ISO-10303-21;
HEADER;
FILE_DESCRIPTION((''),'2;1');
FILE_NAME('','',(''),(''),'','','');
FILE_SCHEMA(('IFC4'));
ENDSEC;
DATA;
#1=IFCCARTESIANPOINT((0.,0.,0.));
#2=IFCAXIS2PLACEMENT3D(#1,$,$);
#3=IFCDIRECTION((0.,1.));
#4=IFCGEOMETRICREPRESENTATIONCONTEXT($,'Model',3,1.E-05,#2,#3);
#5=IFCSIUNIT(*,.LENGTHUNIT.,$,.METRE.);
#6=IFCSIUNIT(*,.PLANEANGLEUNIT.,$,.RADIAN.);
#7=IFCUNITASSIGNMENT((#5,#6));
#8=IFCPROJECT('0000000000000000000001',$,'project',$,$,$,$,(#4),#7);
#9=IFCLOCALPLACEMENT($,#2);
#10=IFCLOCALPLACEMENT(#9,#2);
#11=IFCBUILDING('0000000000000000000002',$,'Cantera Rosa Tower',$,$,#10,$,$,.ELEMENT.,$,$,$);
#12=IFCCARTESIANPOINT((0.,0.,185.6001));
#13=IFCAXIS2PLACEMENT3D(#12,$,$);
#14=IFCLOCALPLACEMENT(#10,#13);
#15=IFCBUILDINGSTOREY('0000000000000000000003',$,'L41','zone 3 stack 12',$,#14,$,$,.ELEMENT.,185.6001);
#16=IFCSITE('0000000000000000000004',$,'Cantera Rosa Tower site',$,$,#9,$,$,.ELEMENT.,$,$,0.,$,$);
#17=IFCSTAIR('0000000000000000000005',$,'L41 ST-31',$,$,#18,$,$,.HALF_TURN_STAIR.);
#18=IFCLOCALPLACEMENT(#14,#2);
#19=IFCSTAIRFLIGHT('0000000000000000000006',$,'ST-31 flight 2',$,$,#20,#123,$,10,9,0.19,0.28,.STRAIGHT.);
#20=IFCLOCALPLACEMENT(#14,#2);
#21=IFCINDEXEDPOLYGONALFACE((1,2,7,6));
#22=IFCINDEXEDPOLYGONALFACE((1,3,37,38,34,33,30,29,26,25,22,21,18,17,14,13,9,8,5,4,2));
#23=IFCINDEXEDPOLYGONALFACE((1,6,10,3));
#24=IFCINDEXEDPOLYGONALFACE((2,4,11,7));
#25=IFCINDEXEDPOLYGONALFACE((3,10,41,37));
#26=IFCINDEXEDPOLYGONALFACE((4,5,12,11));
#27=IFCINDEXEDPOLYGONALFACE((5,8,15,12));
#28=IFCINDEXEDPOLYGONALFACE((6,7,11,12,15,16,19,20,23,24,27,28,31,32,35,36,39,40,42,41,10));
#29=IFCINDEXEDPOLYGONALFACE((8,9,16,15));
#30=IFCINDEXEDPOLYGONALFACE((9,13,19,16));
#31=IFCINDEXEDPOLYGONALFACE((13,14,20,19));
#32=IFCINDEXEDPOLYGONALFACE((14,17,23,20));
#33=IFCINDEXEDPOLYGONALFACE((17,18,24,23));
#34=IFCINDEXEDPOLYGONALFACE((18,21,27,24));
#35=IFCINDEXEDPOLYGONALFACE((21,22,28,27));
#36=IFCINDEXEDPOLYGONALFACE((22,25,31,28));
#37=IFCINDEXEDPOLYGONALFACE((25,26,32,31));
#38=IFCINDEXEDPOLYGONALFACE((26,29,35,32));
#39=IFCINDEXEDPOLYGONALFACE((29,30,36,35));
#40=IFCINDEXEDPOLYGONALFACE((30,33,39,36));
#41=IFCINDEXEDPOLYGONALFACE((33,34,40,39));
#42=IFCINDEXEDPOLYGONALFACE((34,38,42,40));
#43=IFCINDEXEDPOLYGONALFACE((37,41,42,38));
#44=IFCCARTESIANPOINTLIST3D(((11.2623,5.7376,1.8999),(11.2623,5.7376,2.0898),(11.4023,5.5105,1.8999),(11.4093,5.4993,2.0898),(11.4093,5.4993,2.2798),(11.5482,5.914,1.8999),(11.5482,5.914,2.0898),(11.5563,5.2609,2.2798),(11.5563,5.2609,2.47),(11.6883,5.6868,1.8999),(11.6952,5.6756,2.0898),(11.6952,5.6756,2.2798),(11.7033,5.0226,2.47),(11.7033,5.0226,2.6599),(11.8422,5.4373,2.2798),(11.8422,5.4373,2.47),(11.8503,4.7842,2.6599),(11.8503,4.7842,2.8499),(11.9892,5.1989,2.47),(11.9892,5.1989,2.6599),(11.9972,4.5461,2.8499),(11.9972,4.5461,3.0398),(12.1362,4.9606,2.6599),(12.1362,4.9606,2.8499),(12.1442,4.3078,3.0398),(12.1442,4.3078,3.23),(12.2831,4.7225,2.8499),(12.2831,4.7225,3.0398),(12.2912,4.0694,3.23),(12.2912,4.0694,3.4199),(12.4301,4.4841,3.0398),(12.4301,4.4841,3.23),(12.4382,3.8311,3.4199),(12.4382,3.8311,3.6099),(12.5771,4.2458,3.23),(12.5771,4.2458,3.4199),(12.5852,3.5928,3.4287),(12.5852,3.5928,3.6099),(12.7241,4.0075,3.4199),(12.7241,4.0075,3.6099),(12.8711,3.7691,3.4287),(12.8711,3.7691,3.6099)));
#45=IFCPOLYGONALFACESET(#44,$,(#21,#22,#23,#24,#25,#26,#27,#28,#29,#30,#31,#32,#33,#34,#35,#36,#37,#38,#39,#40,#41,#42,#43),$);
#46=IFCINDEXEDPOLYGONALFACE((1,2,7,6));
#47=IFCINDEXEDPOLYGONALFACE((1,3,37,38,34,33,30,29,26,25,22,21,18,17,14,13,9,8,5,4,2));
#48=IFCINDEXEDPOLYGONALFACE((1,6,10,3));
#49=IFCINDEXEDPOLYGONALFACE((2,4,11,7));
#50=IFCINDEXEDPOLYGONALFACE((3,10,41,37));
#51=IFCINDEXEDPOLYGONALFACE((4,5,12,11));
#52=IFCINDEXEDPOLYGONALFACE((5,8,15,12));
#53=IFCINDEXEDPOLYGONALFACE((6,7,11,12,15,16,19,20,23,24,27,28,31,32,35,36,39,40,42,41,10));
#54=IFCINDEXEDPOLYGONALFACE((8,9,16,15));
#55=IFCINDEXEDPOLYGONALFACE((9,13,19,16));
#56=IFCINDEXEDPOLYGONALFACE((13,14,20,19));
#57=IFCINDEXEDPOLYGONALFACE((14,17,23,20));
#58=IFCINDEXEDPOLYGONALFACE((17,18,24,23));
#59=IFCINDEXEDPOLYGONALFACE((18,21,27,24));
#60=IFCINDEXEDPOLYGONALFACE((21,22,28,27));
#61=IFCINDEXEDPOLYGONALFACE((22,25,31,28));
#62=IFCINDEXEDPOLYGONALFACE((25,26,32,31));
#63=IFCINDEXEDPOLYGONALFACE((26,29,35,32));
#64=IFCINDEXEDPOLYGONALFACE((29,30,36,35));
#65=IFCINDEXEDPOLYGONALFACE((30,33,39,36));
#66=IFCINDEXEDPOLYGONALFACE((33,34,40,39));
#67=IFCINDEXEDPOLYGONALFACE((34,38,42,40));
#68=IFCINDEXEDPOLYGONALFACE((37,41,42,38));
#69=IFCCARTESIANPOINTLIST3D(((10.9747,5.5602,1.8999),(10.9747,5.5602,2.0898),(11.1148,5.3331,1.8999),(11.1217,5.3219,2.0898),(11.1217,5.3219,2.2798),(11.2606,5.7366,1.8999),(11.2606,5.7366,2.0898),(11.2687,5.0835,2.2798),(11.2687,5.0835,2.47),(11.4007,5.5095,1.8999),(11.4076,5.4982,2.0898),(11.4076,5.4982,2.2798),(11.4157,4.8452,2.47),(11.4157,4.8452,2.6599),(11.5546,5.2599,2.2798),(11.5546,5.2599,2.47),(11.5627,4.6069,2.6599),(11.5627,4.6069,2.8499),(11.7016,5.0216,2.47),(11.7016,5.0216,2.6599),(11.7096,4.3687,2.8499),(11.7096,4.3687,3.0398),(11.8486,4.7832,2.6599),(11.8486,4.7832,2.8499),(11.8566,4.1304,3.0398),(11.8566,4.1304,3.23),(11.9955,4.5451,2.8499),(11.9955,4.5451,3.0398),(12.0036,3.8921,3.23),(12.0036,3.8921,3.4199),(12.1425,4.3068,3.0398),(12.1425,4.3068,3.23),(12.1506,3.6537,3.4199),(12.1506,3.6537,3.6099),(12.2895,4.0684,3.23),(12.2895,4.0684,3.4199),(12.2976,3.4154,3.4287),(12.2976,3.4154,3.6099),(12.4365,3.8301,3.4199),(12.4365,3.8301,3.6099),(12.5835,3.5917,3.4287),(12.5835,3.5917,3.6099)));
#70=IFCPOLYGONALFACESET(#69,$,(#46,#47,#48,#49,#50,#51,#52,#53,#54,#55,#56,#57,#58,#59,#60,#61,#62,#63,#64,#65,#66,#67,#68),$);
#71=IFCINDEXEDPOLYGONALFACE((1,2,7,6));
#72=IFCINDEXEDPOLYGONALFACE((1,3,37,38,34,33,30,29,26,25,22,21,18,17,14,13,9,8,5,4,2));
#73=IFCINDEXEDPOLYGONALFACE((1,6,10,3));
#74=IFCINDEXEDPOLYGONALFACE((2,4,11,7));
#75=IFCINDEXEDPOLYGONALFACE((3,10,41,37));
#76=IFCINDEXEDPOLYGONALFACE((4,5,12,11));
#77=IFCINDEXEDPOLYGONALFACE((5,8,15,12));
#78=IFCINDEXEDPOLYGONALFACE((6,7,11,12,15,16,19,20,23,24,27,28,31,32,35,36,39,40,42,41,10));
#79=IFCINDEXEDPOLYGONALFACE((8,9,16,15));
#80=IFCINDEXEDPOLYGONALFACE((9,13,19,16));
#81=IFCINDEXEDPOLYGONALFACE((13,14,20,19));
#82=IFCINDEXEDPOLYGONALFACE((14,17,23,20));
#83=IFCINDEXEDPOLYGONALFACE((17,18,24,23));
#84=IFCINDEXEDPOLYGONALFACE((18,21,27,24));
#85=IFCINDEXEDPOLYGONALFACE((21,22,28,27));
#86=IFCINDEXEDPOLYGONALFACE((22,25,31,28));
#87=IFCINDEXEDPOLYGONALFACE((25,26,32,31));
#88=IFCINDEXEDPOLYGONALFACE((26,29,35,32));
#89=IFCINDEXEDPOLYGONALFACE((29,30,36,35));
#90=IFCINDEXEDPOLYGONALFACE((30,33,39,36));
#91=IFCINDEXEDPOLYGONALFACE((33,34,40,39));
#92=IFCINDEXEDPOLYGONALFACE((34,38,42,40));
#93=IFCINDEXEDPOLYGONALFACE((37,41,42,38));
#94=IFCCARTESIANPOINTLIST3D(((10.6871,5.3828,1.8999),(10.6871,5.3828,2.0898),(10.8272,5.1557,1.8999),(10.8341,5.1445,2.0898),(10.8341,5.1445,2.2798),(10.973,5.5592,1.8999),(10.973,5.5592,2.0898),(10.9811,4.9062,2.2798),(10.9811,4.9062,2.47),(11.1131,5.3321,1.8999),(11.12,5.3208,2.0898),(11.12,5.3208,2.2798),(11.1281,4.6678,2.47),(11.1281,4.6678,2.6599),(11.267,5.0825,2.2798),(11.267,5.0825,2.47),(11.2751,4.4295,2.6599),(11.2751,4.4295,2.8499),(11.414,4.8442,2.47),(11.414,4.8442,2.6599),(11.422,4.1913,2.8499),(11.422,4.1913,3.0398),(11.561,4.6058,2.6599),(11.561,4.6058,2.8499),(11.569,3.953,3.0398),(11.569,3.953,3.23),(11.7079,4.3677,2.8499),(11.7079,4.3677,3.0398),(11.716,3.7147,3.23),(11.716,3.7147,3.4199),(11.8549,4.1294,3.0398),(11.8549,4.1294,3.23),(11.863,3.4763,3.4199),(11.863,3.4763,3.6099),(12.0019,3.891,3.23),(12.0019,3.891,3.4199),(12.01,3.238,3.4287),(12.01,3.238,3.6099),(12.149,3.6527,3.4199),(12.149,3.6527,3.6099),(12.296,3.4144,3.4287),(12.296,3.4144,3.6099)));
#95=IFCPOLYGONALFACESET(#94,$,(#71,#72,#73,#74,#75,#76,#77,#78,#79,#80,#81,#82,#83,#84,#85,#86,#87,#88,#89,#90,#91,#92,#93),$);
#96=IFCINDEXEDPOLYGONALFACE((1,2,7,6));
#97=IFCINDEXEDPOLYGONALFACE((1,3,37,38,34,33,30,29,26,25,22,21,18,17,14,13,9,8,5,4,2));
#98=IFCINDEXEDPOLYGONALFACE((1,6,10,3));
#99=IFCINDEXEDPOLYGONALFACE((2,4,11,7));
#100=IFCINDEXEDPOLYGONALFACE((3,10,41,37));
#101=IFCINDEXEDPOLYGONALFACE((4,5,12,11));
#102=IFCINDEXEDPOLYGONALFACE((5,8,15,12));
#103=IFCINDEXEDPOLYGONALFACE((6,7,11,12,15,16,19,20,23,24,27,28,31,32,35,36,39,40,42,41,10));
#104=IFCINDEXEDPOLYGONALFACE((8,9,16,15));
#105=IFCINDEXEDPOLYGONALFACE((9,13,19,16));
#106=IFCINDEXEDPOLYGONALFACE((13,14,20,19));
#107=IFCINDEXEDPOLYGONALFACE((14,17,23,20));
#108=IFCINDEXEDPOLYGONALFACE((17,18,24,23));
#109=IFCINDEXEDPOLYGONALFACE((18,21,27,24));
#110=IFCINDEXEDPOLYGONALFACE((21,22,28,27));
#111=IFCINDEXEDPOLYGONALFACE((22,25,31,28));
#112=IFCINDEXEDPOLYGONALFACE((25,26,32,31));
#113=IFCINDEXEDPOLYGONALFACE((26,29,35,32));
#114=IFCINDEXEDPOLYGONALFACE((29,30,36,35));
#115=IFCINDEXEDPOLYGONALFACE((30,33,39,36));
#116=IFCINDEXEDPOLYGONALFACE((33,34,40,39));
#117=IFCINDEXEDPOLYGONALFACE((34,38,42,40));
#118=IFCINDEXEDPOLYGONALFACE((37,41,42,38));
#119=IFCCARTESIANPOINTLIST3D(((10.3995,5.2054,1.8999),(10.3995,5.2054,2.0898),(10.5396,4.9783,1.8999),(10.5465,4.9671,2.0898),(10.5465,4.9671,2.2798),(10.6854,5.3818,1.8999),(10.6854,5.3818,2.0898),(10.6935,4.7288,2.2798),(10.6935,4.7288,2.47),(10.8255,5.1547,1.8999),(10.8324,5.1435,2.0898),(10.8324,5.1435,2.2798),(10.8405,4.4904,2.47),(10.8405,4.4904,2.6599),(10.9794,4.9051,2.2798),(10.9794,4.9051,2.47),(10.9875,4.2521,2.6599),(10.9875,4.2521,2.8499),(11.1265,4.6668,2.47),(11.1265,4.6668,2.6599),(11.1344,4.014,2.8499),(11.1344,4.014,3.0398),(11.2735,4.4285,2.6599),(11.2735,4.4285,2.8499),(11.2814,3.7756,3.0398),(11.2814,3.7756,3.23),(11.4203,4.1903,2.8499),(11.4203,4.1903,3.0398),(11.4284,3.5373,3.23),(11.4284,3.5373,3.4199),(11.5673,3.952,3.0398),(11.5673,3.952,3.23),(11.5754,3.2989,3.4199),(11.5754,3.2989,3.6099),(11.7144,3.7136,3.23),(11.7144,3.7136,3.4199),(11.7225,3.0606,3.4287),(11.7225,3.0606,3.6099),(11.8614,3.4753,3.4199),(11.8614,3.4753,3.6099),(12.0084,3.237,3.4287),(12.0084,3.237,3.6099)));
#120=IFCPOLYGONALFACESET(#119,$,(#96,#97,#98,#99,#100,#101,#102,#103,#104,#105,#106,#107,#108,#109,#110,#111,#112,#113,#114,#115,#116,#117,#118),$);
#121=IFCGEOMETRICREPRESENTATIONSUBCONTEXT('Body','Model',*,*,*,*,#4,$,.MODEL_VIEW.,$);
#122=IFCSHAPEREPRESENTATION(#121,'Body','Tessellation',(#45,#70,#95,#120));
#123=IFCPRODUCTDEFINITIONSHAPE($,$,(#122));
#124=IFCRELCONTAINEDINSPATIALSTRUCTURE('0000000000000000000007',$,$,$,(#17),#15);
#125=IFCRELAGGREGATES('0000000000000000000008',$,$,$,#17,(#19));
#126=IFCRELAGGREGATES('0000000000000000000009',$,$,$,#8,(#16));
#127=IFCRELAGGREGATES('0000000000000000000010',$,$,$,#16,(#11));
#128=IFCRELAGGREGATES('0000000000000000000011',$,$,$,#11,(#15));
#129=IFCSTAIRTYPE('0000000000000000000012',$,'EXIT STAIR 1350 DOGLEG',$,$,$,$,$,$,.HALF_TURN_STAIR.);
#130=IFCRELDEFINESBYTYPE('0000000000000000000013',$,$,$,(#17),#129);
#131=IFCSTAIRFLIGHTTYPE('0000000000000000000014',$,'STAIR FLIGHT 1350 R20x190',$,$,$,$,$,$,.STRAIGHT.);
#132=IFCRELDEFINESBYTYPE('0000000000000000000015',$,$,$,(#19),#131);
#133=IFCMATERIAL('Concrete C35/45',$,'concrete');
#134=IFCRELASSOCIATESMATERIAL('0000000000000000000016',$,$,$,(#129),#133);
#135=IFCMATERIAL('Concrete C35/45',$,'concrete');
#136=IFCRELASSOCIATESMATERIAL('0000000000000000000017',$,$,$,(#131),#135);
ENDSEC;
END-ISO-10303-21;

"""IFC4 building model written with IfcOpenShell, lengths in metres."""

from ifc_helpers import new_model, si_unit, direction, frame, origin, place, context, subcontext, project, spatial, polyline, outline, extrude, material, type_object, element, aggregate, save


model = new_model("IFC4")

# Units and contexts
model_context = context("Model", 3, precision=1e-05, world=origin(), true_north=direction((0.0, 1.0)))
body_context = subcontext(model_context, "Body", "Model", "MODEL_VIEW")
ifc_project = project(units=[si_unit("LENGTHUNIT", "METRE"), si_unit("PLANEANGLEUNIT", "RADIAN")], contexts=[model_context])

# Site, building, storey
site_placement = place(None, origin())
site = spatial("IfcSite", under=ifc_project, at=site_placement, Name="Cantera Rosa Tower site", CompositionType="ELEMENT", RefElevation=0.0)
building_placement = place(site_placement, origin())
building = spatial("IfcBuilding", under=site, at=building_placement, Name="Cantera Rosa Tower", CompositionType="ELEMENT")
storey_placement = place(building_placement, frame((0.0, 0.0, 185.6001)))
storey = spatial("IfcBuildingStorey", under=building, at=storey_placement, Name="L41", Description="zone 3 stack 12", CompositionType="ELEMENT", Elevation=185.6001)

# Stair, stair flight
ifc_material_1 = material(Name="Concrete C35/45", Category="concrete")
stair_type = type_object("IfcStairType", Name="EXIT STAIR 1350 DOGLEG", PredefinedType="HALF_TURN_STAIR", material=ifc_material_1)
stair_placement = place(storey_placement, origin())
stair = element("IfcStair", 1, at=stair_placement, inside=storey, type_object=stair_type, Name="L41 ST-31", PredefinedType="HALF_TURN_STAIR")
ifc_material_2 = material(Name="Concrete C35/45", Category="concrete")
stair_flight_type = type_object("IfcStairFlightType", Name="STAIR FLIGHT 1350 R20x190", PredefinedType="STRAIGHT", material=ifc_material_2)
stair_flight_1_placement = place(storey_placement, frame((10.9736, 5.5596, 1.8999), z_axis=(0.0, 0.0, 1.0), x_axis=(0.524977, -0.851117, 0.0)))
stair_flight_1 = element("IfcStairFlight", 2, at=stair_flight_1_placement, type_object=stair_flight_type, Name="ST-31 flight 2", NumberOfRisers=10, NumberOfTreads=9, PredefinedType="STRAIGHT", RiserHeight=0.19, TreadLength=0.28, context=body_context, shape_type="SweptSolid", body=[
    extrude(outline(polyline([(0.0, 0.0), (0.0, 0.1899), (0.28, 0.1899), (0.28, 0.3799), (0.5601, 0.3799), (0.5601, 0.5701), (0.8401, 0.5701), (0.8401, 0.76), (1.1201, 0.76), (1.1201, 0.95), (1.3999, 0.95), (1.3999, 1.1399), (1.6799, 1.1399), (1.6799, 1.3301), (1.96, 1.3301), (1.96, 1.52), (2.24, 1.52), (2.24, 1.71), (2.52, 1.71), (2.52, 1.8999), (2.52, 1.5288), (0.2668, 0.0), (0.0, 0.0)])), frame((0.0, 0.675, 0.0), z_axis=(0.0, -1.0, 0.0), x_axis=(1.0, 0.0, 0.0)), (0.0, 0.0, 1.0), 0.3359),
    extrude(outline(polyline([(0.0, 0.0), (0.0, 0.1899), (0.28, 0.1899), (0.28, 0.3799), (0.5601, 0.3799), (0.5601, 0.5701), (0.8401, 0.5701), (0.8401, 0.76), (1.1201, 0.76), (1.1201, 0.95), (1.3999, 0.95), (1.3999, 1.1399), (1.6799, 1.1399), (1.6799, 1.3301), (1.96, 1.3301), (1.96, 1.52), (2.24, 1.52), (2.24, 1.71), (2.52, 1.71), (2.52, 1.8999), (2.52, 1.5288), (0.2668, 0.0), (0.0, 0.0)])), frame((0.0, 0.3372, 0.0), z_axis=(0.0, -1.0, 0.0), x_axis=(1.0, 0.0, 0.0)), (0.0, 0.0, 1.0), 0.3359),
    extrude(outline(polyline([(0.0, 0.0), (0.0, 0.1899), (0.28, 0.1899), (0.28, 0.3799), (0.5601, 0.3799), (0.5601, 0.5701), (0.8401, 0.5701), (0.8401, 0.76), (1.1201, 0.76), (1.1201, 0.95), (1.3999, 0.95), (1.3999, 1.1399), (1.6799, 1.1399), (1.6799, 1.3301), (1.96, 1.3301), (1.96, 1.52), (2.24, 1.52), (2.24, 1.71), (2.52, 1.71), (2.52, 1.8999), (2.52, 1.5288), (0.2668, 0.0), (0.0, 0.0)])), frame((0.0, -0.0007, 0.0), z_axis=(0.0, -1.0, 0.0), x_axis=(1.0, 0.0, 0.0)), (0.0, 0.0, 1.0), 0.3359),
    extrude(outline(polyline([(0.0, 0.0), (0.0, 0.1899), (0.28, 0.1899), (0.28, 0.3799), (0.5601, 0.3799), (0.5601, 0.5701), (0.8401, 0.5701), (0.8401, 0.76), (1.1201, 0.76), (1.1201, 0.95), (1.3999, 0.95), (1.3999, 1.1399), (1.6799, 1.1399), (1.6799, 1.3301), (1.96, 1.3301), (1.96, 1.52), (2.24, 1.52), (2.24, 1.71), (2.52, 1.71), (2.52, 1.8999), (2.52, 1.5288), (0.2668, 0.0), (0.0, 0.0)])), frame((0.0, -0.3386, 0.0), z_axis=(0.0, -1.0, 0.0), x_axis=(1.0, 0.0, 0.0)), (0.0, 0.0, 1.0), 0.3359),
])
aggregate(stair, [stair_flight_1])

save(model, "model.ifc")
